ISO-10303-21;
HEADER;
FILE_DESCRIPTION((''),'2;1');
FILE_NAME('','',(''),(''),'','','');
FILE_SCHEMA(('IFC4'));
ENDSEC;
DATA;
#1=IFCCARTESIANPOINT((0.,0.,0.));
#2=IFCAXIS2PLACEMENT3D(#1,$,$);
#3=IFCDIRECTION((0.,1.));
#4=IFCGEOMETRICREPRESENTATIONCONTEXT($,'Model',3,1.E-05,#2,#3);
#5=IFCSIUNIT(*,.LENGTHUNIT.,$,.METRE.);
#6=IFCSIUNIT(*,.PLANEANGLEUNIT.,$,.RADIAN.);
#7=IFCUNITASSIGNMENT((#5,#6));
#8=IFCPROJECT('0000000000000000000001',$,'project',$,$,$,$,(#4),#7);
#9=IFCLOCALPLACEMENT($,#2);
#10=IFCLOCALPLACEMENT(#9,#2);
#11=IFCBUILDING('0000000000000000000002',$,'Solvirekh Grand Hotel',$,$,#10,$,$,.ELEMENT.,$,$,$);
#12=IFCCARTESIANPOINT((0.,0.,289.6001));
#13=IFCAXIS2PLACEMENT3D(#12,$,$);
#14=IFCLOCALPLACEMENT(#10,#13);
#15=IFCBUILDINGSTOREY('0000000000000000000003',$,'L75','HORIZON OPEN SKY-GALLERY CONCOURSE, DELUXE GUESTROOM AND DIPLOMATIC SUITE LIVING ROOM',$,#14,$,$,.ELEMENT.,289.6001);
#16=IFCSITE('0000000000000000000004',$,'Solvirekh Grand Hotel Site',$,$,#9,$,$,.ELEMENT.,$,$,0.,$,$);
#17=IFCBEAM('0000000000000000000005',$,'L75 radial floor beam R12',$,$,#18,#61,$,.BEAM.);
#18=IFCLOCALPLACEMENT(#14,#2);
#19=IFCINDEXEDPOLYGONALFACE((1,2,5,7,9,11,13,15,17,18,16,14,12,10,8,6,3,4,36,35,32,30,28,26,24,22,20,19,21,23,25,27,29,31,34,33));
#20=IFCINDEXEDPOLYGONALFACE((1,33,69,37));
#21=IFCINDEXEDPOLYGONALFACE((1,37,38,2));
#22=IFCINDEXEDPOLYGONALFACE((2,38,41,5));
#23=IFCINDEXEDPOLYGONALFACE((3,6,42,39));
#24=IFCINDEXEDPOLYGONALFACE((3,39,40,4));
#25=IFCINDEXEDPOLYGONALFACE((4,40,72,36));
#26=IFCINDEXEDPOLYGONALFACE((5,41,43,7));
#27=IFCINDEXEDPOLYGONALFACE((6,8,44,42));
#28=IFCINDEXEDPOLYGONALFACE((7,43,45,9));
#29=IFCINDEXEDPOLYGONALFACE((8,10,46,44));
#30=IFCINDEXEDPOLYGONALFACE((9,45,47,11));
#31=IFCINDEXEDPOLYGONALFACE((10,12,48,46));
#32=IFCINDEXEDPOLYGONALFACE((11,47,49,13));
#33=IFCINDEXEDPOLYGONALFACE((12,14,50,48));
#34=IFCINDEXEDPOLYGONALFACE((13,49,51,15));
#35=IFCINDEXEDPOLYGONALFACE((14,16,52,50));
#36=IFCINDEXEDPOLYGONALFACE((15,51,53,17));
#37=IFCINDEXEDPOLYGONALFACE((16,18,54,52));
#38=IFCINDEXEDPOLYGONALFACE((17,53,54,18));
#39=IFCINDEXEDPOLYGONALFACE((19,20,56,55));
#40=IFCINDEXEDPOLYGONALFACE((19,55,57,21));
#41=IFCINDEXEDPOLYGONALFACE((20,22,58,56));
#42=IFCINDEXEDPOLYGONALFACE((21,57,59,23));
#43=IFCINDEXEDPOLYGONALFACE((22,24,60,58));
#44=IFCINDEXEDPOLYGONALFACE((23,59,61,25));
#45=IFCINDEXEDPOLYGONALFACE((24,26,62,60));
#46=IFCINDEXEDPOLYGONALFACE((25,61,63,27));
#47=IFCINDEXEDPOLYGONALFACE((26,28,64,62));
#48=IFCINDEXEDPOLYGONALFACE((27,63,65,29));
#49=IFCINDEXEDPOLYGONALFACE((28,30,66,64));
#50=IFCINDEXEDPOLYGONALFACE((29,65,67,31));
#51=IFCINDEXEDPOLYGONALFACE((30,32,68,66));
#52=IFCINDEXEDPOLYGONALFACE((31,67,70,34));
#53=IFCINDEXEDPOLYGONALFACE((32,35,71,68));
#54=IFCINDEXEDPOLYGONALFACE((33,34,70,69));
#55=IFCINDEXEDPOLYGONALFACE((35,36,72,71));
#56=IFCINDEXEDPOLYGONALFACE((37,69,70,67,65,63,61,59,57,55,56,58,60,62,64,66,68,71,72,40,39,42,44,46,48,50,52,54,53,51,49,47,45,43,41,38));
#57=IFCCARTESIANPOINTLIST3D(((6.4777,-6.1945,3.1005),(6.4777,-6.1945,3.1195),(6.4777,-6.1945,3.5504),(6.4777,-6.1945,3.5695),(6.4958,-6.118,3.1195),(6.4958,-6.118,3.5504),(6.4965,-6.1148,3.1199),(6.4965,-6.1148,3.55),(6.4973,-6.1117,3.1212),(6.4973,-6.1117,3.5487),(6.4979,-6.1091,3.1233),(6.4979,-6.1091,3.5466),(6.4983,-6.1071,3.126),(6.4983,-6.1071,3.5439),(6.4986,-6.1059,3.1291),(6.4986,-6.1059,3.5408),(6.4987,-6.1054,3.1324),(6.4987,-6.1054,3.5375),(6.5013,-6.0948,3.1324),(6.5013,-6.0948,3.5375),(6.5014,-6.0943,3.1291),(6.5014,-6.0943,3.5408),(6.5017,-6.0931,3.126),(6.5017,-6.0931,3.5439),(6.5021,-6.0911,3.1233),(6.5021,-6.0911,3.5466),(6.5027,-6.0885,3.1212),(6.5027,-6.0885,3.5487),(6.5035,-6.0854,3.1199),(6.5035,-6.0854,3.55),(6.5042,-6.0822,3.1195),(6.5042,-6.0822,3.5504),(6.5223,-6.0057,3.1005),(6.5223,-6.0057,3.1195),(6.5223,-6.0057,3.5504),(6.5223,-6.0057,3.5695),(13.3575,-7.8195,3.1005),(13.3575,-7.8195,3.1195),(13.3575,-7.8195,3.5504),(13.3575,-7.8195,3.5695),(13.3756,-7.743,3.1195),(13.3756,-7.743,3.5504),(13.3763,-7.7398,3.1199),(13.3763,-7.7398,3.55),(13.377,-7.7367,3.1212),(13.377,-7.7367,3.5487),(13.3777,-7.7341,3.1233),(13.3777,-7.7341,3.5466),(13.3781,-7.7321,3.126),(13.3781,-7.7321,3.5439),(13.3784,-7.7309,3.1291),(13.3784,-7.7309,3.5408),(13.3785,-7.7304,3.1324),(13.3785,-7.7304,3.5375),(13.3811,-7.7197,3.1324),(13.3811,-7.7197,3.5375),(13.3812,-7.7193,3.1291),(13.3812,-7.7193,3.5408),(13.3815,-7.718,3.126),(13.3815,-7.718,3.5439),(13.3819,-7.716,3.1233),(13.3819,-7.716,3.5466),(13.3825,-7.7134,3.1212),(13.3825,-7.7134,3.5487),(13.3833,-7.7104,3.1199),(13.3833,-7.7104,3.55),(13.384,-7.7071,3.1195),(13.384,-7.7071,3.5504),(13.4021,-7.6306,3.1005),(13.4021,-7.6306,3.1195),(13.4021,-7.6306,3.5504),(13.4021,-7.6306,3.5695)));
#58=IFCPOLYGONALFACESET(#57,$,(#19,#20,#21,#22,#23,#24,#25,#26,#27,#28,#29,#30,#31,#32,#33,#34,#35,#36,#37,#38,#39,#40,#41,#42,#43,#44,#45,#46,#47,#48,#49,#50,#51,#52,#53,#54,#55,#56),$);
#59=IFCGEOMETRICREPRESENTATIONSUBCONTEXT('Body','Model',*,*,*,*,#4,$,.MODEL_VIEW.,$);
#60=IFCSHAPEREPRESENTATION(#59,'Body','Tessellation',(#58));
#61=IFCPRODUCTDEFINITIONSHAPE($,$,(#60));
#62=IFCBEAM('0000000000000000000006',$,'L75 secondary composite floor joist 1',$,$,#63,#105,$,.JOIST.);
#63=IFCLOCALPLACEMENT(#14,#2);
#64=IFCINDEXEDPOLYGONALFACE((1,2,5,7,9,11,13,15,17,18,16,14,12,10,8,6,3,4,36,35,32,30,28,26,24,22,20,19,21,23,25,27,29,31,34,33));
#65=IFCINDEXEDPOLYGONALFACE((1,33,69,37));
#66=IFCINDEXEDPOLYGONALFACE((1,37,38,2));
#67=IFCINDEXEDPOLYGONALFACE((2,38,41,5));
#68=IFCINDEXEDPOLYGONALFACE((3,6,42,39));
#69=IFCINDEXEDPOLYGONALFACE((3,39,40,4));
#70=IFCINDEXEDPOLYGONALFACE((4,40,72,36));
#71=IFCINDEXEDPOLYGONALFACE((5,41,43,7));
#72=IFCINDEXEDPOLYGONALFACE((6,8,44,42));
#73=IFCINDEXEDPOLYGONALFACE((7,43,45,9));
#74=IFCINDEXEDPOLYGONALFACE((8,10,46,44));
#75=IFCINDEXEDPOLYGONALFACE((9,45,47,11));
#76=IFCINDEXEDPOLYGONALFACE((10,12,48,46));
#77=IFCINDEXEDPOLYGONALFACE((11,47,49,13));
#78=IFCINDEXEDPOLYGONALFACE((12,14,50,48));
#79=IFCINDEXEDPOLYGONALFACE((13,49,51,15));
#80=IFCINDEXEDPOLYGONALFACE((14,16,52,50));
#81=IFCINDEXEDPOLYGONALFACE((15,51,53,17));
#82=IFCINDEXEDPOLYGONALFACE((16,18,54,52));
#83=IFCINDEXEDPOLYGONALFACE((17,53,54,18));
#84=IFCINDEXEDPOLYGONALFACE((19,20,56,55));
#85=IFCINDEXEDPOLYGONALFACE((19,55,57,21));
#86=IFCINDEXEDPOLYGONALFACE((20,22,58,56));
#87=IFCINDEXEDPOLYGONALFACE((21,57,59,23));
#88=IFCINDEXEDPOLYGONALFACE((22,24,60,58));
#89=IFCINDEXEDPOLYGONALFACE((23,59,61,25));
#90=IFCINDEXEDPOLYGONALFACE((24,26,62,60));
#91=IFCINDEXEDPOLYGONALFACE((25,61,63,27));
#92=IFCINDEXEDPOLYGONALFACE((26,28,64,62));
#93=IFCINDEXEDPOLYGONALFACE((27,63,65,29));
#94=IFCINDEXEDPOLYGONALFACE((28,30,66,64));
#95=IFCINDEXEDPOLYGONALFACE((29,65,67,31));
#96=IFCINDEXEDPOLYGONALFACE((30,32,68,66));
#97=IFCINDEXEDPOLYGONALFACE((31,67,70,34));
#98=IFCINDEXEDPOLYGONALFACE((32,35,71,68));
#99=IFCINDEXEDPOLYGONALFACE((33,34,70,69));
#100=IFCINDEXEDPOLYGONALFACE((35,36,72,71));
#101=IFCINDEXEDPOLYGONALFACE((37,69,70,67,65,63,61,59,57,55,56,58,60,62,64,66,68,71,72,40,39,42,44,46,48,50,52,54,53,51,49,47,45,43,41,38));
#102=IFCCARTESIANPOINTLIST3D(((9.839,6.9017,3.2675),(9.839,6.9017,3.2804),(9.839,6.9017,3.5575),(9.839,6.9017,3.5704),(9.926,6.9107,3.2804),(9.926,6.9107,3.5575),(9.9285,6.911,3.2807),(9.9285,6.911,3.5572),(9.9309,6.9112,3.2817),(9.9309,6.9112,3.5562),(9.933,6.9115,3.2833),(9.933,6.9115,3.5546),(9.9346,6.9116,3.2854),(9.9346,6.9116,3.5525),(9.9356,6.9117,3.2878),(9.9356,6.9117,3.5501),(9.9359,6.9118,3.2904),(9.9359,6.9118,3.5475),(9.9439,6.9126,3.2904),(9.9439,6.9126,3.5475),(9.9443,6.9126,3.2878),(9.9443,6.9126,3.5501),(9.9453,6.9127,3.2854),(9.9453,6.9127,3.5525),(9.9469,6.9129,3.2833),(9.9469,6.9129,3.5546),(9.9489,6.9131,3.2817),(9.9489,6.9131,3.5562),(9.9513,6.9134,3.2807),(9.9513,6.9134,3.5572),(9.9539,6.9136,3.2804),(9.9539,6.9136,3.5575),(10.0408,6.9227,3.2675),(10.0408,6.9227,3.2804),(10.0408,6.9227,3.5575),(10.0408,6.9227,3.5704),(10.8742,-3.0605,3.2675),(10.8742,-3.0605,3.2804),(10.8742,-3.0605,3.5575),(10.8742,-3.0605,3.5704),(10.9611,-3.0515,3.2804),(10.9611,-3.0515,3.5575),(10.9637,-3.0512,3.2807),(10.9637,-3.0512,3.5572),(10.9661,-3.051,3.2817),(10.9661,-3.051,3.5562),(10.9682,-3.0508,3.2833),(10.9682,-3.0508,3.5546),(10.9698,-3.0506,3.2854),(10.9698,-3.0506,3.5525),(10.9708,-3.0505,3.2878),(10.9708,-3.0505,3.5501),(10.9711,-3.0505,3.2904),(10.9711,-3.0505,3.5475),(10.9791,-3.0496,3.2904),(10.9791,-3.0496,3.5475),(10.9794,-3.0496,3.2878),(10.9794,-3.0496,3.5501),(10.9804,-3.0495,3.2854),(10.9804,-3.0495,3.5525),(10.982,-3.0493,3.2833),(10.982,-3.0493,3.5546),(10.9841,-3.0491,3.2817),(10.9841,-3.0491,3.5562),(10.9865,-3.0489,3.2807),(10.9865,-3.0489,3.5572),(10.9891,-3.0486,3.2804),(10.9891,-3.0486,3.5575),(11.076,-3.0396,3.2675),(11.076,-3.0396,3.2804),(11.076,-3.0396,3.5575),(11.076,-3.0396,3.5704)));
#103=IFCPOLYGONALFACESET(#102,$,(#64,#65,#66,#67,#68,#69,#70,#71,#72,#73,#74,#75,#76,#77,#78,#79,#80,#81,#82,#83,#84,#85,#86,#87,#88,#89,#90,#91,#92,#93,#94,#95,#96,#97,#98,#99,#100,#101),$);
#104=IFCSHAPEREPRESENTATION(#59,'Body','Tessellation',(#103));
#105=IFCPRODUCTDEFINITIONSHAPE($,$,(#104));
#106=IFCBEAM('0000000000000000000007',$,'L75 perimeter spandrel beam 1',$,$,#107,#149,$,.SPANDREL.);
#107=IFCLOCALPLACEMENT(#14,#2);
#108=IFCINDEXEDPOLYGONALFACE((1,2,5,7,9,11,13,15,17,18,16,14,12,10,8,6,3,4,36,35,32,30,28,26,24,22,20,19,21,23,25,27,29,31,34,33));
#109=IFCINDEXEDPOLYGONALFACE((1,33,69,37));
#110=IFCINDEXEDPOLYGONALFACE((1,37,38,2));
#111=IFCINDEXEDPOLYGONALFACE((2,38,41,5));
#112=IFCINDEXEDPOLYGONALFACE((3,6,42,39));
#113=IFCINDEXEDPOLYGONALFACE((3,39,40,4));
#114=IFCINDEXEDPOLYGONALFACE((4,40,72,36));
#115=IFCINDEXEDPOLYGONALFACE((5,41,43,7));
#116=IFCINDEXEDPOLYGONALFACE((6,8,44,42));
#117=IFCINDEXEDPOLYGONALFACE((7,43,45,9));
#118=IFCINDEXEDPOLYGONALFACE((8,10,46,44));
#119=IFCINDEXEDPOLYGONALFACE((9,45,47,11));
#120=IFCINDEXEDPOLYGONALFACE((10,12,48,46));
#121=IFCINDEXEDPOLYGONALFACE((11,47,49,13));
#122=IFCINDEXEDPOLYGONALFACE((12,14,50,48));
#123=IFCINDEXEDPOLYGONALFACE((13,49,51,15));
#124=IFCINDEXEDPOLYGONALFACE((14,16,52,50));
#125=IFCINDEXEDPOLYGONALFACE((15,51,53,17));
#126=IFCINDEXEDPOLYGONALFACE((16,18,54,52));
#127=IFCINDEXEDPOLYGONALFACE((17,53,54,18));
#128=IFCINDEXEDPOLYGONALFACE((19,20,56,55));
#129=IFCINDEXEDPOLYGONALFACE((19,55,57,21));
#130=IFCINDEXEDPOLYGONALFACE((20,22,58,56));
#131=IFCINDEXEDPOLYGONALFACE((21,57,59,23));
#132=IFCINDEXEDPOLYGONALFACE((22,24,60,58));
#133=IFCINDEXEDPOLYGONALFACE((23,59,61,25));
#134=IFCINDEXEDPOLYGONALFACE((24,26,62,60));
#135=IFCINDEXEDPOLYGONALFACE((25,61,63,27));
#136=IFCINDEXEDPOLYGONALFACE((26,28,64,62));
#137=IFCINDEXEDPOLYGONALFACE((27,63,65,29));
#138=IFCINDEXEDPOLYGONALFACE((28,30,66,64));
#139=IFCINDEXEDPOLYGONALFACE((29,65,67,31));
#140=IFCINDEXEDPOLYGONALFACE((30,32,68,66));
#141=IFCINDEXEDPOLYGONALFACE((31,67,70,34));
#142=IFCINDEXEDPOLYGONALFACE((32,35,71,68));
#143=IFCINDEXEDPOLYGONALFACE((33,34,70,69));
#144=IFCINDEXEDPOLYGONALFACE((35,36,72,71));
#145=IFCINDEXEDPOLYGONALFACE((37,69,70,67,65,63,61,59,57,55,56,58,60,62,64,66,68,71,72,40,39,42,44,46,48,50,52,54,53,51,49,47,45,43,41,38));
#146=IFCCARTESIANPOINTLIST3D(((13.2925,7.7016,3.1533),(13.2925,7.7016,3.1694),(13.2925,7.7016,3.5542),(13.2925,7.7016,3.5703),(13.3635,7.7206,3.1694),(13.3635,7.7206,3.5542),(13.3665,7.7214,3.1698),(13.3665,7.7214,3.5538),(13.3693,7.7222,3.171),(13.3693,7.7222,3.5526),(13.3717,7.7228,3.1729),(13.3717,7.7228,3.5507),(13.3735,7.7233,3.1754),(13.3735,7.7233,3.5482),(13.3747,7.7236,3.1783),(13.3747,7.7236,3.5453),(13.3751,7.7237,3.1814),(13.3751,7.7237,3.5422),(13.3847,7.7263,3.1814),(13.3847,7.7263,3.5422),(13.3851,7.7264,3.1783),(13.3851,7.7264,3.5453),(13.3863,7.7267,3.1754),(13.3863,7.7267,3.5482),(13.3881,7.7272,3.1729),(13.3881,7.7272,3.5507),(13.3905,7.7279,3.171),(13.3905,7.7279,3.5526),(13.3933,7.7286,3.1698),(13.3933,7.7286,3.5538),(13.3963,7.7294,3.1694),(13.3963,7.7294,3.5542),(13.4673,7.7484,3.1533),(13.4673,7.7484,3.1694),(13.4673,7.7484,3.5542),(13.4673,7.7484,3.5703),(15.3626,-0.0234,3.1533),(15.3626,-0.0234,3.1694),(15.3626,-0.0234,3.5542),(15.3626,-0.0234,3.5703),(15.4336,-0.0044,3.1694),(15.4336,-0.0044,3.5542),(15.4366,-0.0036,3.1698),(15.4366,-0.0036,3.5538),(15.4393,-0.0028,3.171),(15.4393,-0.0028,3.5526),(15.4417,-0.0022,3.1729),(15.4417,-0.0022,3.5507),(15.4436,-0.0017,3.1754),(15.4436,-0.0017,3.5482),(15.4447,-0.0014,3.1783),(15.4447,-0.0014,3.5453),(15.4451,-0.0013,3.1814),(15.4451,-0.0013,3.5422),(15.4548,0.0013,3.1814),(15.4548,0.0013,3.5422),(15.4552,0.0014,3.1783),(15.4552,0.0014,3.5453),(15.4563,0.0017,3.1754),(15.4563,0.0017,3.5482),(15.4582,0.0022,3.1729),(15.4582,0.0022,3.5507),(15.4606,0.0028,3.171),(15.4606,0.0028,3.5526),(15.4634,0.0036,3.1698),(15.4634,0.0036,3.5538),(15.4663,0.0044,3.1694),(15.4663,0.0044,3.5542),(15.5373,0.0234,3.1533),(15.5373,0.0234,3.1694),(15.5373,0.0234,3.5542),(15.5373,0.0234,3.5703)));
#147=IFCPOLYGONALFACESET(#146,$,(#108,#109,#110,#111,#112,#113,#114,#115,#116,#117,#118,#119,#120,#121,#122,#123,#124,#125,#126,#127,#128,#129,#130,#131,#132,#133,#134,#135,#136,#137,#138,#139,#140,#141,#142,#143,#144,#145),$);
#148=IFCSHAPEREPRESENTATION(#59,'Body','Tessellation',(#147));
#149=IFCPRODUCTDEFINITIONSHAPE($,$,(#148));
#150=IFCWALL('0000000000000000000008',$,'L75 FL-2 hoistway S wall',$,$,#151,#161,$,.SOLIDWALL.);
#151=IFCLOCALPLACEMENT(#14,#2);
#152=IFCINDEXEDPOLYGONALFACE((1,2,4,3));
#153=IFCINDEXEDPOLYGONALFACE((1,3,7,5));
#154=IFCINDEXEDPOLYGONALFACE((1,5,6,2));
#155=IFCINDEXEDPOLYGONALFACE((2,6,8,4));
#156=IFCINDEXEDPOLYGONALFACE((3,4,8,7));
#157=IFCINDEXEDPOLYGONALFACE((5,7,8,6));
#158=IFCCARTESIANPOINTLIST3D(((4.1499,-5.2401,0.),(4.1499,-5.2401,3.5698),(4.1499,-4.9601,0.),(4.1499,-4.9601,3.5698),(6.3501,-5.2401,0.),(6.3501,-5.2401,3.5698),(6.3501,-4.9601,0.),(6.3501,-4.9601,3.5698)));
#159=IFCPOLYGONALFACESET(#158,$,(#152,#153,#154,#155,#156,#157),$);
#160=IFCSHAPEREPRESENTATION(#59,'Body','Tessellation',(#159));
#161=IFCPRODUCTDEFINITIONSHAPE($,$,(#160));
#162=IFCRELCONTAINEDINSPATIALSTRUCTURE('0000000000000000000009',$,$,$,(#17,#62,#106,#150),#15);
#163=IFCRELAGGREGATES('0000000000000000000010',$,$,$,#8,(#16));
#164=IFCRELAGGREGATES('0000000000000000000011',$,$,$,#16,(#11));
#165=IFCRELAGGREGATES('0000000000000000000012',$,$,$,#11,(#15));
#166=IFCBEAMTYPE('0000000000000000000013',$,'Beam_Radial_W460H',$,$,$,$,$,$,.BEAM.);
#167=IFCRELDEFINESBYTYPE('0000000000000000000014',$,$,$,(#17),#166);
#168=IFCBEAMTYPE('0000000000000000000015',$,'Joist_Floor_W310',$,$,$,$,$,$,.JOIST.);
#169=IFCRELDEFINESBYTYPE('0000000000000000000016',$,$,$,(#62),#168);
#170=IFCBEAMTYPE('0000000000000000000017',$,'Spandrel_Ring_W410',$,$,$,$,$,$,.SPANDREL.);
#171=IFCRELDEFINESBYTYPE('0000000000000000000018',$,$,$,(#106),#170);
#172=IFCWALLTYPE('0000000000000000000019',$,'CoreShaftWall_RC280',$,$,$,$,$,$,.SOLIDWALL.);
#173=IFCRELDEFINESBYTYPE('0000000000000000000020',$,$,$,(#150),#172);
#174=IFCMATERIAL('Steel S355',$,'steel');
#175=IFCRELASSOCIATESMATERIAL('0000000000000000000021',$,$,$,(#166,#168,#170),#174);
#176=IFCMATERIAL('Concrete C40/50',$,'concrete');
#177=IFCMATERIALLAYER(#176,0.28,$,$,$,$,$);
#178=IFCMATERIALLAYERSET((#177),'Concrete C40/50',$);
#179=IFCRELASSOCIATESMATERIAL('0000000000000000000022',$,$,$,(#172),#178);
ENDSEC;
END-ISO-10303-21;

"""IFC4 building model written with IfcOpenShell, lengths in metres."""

from ifc_helpers import new_model, si_unit, direction, frame, frame_2d, origin, origin_2d, place, context, subcontext, project, spatial, rectangle, i_section, extrude, material, layer, layer_set, material_profile, profile_set, type_object, element, save


model = new_model("IFC4")

# Units and contexts
model_context = context("Model", 3, precision=1e-05, world=origin(), true_north=direction((0.0, 1.0)))
body_context = subcontext(model_context, "Body", "Model", "MODEL_VIEW")
ifc_project = project(units=[si_unit("LENGTHUNIT", "METRE"), si_unit("PLANEANGLEUNIT", "RADIAN")], contexts=[model_context])

# Site, building, storey
site_placement = place(None, origin())
site = spatial("IfcSite", under=ifc_project, at=site_placement, Name="Solvirekh Grand Hotel Site", CompositionType="ELEMENT", RefElevation=0.0)
building_placement = place(site_placement, origin())
building = spatial("IfcBuilding", under=site, at=building_placement, Name="Solvirekh Grand Hotel", CompositionType="ELEMENT")
storey_placement = place(building_placement, frame((0.0, 0.0, 289.6001)))
storey = spatial("IfcBuildingStorey", under=building, at=storey_placement, Name="L75", Description="HORIZON OPEN SKY-GALLERY CONCOURSE, DELUXE GUESTROOM AND DIPLOMATIC SUITE LIVING ROOM", CompositionType="ELEMENT", Elevation=289.6001)

# Beams
ifc_material_1 = material(Name="Steel S355", Category="steel")
ifc_material_profile_1 = material_profile(ifc_material_1, i_section(OverallWidth=0.1941, OverallDepth=0.469, WebThickness=0.011, FlangeThickness=0.019, FilletRadius=0.0129, at=origin_2d()), Name="W460X106")
ifc_profile_set_1 = profile_set([ifc_material_profile_1], Name="Steel S355")
beam_type_1 = type_object("IfcBeamType", Name="Beam_Radial_W460H", PredefinedType="BEAM", material=ifc_profile_set_1)
beam_1_placement = place(storey_placement, frame((6.5, -6.1001, 3.335), z_axis=(0.973221, -0.229871, 0.0), x_axis=(0.229871, 0.973221, 0.0)))
element("IfcBeam", 1, at=beam_1_placement, inside=storey, type_object=beam_type_1, Name="L75 radial floor beam R12", PredefinedType="BEAM", context=body_context, shape_type="SweptSolid", body=[
    extrude(i_section(OverallWidth=0.1941, OverallDepth=0.469, WebThickness=0.011, FlangeThickness=0.019, FilletRadius=0.0129, at=origin_2d()), origin(), (0.0, 0.0, 1.0), 7.0691),
])
ifc_material_profile_2 = material_profile(ifc_material_1, i_section(OverallWidth=0.2029, OverallDepth=0.303, WebThickness=0.0081, FlangeThickness=0.0129, FilletRadius=0.01, at=origin_2d()), Name="W310X60")
ifc_profile_set_2 = profile_set([ifc_material_profile_2], Name="Steel S355")
beam_type_2 = type_object("IfcBeamType", Name="Joist_Floor_W310", PredefinedType="JOIST", material=ifc_profile_set_2)
beam_2_placement = place(storey_placement, frame((10.9751, -3.05, 3.4189), z_axis=(-0.103352, 0.994645, 0.0), x_axis=(-0.994645, -0.103352, 0.0)))
element("IfcBeam", 2, at=beam_2_placement, inside=storey, type_object=beam_type_2, Name="L75 secondary composite floor joist 1", PredefinedType="JOIST", context=body_context, shape_type="SweptSolid", body=[
    extrude(i_section(OverallWidth=0.2029, OverallDepth=0.303, WebThickness=0.0081, FlangeThickness=0.0129, FilletRadius=0.01, at=origin_2d()), origin(), (0.0, 0.0, 1.0), 10.0159),
])
ifc_material_profile_3 = material_profile(ifc_material_1, i_section(OverallWidth=0.1809, OverallDepth=0.417, WebThickness=0.01, FlangeThickness=0.0161, FilletRadius=0.012, at=origin_2d()), Name="W410X85")
ifc_profile_set_3 = profile_set([ifc_material_profile_3], Name="Steel S355")
beam_type_3 = type_object("IfcBeamType", Name="Spandrel_Ring_W410", PredefinedType="SPANDREL", material=ifc_profile_set_3)
beam_3_placement = place(storey_placement, frame((15.45, 0.0, 3.3618), z_axis=(-0.258835, 0.965922, 0.0), x_axis=(-0.965922, -0.258835, 0.0)))
element("IfcBeam", 3, at=beam_3_placement, inside=storey, type_object=beam_type_3, Name="L75 perimeter spandrel beam 1", PredefinedType="SPANDREL", context=body_context, shape_type="SweptSolid", body=[
    extrude(i_section(OverallWidth=0.1809, OverallDepth=0.417, WebThickness=0.01, FlangeThickness=0.0161, FilletRadius=0.012, at=origin_2d()), origin(), (0.0, 0.0, 1.0), 7.9976),
])

# Wall
ifc_material_2 = material(Name="Concrete C40/50", Category="concrete")
ifc_layer_1 = layer(ifc_material_2, 0.28)
ifc_layer_set_1 = layer_set([ifc_layer_1], Name="Concrete C40/50")
wall_type_1 = type_object("IfcWallType", Name="CoreShaftWall_RC280", PredefinedType="SOLIDWALL", material=ifc_layer_set_1)
wall_1_placement = place(storey_placement, frame((4.1499, -5.1001, 0.0), z_axis=(0.0, 0.0, 1.0), x_axis=(1.0, 0.0, 0.0)))
element("IfcWall", 4, at=wall_1_placement, inside=storey, type_object=wall_type_1, Name="L75 FL-2 hoistway S wall", PredefinedType="SOLIDWALL", context=body_context, shape_type="SweptSolid", body=[
    extrude(rectangle(XDim=2.2002, YDim=0.28, at=frame_2d((1.1001, 0.0))), origin(), (0.0, 0.0, 1.0), 3.5698),
])

save(model, "model.ifc")
